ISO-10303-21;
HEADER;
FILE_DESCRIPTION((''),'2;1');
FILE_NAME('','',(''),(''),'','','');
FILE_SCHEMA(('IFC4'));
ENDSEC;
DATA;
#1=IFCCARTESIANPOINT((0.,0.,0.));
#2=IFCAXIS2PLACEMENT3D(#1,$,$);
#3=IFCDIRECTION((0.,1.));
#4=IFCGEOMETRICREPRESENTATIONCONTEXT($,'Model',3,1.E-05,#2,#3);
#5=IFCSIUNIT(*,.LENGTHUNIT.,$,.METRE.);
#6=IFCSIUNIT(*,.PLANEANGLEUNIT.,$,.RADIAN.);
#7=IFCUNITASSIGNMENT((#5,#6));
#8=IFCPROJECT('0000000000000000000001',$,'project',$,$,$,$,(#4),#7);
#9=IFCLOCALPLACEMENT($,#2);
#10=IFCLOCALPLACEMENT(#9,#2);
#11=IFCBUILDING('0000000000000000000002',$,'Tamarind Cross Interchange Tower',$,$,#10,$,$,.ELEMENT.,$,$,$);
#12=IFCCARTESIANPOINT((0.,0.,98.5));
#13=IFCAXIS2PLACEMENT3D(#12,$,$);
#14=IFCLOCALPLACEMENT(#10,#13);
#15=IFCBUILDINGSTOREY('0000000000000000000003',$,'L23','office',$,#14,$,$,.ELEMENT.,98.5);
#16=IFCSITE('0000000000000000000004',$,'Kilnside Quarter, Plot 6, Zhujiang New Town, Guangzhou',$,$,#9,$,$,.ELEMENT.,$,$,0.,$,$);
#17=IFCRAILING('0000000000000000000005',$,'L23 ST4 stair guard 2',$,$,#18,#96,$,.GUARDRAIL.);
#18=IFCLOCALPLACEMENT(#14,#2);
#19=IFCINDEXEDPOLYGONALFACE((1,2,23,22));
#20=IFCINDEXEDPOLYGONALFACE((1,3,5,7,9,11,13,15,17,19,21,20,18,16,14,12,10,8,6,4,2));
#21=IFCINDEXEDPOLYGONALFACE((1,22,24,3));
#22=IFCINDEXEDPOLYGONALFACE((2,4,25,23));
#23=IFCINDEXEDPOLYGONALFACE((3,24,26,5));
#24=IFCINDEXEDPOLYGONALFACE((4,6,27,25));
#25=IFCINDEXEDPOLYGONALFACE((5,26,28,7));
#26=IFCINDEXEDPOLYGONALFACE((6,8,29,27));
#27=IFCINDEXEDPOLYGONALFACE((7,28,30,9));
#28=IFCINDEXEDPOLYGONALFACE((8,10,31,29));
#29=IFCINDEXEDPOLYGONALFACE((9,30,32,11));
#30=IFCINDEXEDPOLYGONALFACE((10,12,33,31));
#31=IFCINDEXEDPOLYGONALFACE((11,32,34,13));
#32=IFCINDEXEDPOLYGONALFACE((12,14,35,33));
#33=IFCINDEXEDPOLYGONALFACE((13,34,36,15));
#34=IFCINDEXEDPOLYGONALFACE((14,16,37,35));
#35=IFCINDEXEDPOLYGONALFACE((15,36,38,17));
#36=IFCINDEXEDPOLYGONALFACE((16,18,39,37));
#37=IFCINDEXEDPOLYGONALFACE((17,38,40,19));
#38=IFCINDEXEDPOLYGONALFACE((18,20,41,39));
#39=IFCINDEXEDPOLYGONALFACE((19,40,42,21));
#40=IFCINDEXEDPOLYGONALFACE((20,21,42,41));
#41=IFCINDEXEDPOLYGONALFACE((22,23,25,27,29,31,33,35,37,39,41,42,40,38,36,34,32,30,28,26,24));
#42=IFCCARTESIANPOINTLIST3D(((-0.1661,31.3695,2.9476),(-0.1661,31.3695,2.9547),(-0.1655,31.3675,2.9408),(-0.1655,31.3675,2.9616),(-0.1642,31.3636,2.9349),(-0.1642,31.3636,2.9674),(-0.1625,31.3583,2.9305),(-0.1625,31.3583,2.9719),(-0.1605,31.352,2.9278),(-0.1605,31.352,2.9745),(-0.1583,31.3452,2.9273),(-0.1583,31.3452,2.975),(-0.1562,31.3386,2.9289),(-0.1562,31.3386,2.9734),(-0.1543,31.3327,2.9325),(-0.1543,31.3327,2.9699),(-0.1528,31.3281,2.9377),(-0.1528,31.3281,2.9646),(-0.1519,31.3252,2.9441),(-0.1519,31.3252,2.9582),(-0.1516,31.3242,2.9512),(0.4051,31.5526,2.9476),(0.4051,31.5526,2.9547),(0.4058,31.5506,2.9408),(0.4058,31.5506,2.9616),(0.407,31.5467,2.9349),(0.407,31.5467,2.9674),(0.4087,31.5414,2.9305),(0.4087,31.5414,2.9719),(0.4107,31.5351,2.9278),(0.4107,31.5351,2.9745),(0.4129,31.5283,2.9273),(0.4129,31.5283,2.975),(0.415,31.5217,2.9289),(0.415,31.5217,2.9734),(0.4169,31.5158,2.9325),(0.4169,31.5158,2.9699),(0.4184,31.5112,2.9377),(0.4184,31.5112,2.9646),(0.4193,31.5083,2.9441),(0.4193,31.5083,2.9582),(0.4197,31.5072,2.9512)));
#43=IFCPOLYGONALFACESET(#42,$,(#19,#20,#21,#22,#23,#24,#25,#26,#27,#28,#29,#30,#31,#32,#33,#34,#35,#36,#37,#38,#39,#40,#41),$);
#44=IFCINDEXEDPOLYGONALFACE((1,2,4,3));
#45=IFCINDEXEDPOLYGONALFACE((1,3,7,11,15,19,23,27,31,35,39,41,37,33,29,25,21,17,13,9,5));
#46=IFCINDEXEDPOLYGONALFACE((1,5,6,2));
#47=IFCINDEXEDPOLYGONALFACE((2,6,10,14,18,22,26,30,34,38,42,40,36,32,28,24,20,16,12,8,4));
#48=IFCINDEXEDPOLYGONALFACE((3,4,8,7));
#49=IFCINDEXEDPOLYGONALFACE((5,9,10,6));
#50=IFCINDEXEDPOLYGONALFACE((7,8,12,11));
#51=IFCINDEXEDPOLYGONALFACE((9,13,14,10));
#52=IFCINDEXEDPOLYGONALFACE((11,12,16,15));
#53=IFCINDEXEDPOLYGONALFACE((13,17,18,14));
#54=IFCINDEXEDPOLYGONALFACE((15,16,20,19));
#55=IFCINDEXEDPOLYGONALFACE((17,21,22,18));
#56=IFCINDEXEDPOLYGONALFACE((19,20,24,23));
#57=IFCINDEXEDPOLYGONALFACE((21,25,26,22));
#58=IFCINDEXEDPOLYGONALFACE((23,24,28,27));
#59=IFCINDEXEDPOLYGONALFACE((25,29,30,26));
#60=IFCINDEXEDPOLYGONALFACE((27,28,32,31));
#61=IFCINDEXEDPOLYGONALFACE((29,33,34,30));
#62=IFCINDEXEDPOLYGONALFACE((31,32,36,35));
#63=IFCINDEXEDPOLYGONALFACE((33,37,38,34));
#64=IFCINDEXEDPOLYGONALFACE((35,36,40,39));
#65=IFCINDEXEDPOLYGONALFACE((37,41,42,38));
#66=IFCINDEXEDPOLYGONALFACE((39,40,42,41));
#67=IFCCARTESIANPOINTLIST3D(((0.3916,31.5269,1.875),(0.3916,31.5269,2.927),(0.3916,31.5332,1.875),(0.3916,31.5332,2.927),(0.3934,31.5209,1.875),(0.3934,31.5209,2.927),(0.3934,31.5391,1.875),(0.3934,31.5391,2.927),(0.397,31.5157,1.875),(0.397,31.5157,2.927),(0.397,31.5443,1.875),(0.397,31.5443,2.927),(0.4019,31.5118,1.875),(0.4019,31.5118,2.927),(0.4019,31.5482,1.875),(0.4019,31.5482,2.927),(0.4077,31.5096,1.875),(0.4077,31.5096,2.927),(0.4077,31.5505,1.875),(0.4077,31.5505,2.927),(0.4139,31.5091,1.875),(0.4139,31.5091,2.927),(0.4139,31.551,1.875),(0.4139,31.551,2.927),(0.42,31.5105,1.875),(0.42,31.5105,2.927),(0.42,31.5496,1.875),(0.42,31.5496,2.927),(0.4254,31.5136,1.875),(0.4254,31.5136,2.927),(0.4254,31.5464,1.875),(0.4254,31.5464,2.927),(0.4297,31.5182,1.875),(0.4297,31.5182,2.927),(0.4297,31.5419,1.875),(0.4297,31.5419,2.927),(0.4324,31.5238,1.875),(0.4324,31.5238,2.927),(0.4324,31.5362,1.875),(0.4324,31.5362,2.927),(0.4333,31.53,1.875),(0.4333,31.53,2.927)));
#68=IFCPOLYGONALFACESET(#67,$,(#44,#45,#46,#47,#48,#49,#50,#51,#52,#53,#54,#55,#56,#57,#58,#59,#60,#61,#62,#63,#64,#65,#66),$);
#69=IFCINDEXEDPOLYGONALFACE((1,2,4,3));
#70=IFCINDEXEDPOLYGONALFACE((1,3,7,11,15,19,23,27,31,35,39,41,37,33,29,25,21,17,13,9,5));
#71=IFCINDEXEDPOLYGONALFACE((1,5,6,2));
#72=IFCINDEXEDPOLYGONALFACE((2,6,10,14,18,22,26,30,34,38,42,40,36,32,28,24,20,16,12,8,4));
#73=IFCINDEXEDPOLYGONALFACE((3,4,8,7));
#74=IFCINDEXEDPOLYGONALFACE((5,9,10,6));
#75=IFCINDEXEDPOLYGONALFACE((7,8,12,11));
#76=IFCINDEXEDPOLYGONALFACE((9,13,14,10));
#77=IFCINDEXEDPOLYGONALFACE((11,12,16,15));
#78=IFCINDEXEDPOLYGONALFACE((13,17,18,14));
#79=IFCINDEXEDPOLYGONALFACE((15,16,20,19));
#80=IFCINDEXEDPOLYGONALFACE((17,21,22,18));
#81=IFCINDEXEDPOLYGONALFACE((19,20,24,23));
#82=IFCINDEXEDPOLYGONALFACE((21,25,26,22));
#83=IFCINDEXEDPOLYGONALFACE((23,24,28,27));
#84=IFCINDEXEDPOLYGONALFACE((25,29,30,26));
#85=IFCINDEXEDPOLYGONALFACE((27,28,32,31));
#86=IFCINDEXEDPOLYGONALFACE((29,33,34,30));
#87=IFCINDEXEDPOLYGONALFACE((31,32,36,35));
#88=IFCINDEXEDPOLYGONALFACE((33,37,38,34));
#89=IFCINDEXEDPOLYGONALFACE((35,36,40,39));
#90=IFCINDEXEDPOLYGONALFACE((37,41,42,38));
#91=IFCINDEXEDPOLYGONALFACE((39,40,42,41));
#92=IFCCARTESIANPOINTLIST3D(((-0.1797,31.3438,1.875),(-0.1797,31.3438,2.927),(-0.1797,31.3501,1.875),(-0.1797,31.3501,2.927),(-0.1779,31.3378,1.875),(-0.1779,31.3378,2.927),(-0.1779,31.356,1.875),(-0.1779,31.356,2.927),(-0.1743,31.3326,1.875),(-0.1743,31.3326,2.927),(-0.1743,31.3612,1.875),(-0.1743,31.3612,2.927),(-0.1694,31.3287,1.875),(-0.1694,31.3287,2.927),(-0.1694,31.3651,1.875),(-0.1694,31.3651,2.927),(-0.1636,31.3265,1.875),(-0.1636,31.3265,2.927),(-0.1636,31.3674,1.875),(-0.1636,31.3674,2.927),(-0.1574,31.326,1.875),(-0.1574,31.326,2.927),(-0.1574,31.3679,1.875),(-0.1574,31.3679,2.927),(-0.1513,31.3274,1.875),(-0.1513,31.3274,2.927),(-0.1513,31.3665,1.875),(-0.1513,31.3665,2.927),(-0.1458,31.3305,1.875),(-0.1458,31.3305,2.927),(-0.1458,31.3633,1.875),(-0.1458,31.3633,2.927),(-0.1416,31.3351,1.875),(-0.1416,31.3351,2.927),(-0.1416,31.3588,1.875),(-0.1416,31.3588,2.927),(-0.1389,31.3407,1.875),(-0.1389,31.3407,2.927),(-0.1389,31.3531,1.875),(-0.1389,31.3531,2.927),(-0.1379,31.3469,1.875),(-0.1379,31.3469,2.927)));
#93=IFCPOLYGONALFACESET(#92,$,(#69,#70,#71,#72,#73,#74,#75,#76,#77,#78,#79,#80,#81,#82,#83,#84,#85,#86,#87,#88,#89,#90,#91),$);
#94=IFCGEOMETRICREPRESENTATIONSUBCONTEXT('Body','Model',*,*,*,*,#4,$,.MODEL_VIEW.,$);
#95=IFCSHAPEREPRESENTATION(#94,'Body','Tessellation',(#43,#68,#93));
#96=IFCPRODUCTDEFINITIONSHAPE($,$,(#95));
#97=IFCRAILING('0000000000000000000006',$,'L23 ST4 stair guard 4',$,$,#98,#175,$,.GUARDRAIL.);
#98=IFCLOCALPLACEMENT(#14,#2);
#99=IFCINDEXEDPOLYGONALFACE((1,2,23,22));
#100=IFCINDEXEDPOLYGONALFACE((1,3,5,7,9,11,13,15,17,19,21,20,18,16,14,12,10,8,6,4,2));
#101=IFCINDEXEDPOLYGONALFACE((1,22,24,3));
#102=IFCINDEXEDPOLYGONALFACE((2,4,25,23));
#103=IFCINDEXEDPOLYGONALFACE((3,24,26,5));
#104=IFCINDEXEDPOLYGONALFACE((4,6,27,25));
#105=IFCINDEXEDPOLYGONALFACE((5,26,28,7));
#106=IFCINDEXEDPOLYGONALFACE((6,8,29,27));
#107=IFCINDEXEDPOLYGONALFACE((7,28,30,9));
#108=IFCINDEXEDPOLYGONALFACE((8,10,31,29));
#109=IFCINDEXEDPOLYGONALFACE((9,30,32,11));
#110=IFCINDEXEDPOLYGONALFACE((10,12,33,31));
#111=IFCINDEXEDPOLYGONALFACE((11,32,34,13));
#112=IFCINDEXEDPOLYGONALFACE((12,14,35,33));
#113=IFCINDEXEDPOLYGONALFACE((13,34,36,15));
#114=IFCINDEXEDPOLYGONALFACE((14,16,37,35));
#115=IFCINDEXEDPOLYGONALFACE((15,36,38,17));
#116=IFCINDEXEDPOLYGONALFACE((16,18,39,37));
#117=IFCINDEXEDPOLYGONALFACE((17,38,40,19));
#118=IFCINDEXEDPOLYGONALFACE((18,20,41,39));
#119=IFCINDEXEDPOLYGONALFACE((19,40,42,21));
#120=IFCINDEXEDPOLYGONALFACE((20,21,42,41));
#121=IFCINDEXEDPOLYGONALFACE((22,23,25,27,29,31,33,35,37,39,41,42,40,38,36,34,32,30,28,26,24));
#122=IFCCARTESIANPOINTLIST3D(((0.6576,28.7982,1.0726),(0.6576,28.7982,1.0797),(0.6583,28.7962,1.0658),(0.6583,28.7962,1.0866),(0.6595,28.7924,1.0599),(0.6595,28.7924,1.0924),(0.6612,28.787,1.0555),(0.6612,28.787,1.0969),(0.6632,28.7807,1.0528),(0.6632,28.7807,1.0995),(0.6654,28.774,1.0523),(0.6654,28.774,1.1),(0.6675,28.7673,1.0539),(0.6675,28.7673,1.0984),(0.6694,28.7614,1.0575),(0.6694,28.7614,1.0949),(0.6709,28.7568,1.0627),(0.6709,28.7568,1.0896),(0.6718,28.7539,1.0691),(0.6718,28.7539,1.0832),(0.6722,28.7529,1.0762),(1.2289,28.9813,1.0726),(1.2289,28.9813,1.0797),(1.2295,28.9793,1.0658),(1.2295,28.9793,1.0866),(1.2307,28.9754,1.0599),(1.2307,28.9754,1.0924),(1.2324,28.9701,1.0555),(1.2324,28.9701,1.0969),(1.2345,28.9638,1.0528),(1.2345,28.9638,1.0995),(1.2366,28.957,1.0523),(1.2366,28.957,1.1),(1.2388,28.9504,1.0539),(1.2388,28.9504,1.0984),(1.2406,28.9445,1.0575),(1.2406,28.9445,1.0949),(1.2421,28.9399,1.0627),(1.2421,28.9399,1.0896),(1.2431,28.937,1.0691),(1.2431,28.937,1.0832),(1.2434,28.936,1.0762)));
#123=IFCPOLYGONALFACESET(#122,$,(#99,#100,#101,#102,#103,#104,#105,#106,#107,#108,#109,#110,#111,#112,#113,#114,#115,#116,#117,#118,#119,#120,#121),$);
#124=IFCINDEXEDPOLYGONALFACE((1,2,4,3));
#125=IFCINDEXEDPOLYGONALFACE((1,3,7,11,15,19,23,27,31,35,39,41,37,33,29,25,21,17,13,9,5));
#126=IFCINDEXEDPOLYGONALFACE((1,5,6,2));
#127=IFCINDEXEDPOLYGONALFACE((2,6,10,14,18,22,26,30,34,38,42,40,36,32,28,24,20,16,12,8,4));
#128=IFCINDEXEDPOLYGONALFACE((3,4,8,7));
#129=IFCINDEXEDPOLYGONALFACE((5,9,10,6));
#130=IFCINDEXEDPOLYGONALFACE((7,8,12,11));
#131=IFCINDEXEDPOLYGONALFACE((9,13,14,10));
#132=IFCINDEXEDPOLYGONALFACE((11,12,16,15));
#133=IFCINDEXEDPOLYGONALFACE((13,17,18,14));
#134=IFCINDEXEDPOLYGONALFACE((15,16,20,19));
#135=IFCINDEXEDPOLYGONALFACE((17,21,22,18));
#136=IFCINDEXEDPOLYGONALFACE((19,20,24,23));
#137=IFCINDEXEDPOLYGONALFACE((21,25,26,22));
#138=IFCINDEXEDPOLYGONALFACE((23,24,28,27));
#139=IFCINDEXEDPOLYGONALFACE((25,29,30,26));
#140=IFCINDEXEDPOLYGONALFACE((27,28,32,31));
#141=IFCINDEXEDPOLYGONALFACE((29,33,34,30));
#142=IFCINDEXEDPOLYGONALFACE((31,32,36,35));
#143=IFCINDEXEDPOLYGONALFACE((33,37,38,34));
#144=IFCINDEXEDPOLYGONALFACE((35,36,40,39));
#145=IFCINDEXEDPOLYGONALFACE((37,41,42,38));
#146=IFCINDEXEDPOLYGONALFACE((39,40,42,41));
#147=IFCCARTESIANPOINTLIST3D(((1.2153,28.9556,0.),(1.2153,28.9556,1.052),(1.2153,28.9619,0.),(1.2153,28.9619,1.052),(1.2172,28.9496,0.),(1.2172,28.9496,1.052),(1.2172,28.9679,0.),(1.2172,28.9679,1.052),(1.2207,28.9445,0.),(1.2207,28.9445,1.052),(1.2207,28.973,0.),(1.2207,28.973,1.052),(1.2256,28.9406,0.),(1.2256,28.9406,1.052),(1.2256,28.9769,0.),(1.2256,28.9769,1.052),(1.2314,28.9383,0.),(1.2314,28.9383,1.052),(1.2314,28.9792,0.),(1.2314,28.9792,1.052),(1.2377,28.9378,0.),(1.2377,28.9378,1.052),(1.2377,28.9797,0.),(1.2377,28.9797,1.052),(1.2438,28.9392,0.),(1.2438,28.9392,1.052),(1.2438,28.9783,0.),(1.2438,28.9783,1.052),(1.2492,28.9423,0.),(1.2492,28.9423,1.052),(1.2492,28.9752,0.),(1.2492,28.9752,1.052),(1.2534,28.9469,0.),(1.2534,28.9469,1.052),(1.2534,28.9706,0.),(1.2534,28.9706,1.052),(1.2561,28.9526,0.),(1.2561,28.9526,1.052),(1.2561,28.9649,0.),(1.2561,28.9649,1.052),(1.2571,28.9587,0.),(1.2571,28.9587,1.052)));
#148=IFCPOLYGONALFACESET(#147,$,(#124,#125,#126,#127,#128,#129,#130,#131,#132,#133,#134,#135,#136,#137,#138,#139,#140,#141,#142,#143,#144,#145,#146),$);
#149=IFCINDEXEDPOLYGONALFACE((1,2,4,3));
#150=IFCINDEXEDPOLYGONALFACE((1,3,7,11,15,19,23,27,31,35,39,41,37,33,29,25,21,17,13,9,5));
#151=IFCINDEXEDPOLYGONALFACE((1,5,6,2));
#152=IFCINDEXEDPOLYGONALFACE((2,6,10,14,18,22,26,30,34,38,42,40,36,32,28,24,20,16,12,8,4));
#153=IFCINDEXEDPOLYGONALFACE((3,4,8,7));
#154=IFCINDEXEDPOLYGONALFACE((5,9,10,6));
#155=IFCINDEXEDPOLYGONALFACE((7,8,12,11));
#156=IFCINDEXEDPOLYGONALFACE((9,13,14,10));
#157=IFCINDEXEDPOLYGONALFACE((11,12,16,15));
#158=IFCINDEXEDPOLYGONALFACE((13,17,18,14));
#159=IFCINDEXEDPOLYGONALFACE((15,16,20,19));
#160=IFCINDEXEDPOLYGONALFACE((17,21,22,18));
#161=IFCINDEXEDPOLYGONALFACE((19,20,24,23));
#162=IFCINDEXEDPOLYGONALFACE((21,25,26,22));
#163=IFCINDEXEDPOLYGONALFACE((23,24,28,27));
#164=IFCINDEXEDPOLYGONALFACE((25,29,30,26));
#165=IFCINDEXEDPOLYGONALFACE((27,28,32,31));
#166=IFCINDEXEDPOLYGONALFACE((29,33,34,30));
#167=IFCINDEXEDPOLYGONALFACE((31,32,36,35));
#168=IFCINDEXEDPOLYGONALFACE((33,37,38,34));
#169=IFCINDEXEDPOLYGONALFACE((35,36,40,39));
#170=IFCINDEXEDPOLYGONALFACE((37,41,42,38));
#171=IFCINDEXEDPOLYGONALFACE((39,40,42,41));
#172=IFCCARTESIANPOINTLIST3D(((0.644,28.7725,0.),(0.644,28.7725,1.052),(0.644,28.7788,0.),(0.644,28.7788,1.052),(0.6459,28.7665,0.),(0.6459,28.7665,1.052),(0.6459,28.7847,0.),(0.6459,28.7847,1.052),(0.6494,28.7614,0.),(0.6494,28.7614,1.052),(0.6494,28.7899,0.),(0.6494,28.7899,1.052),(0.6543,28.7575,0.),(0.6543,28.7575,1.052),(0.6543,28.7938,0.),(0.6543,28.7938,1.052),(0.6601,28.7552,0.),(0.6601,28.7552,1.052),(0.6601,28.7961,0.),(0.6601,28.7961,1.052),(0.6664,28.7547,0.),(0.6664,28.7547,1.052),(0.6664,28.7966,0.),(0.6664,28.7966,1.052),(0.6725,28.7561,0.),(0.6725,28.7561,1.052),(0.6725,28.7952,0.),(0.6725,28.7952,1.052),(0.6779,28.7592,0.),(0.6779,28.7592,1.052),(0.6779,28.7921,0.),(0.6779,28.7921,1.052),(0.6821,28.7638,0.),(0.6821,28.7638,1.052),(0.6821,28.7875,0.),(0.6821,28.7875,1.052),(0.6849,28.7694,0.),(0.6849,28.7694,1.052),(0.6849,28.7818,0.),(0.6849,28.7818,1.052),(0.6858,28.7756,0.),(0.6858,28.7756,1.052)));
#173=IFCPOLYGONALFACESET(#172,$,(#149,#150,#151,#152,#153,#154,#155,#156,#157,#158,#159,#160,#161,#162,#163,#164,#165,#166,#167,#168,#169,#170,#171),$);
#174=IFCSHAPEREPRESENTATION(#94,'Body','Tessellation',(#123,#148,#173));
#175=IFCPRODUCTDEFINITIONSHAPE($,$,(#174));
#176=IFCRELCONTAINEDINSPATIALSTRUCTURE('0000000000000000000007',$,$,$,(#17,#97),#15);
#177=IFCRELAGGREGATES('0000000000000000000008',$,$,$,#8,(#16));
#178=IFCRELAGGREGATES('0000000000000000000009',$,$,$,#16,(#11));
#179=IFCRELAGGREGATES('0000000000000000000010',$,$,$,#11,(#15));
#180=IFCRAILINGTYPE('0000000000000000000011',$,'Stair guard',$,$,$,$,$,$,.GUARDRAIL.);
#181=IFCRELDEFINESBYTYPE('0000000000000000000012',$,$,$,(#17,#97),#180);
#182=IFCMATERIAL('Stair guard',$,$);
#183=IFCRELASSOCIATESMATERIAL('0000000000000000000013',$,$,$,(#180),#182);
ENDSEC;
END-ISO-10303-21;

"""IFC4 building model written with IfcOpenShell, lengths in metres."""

from ifc_helpers import new_model, si_unit, direction, frame, origin, origin_2d, place, context, subcontext, project, spatial, circle, extrude, material, type_object, element, save


model = new_model("IFC4")

# Units and contexts
model_context = context("Model", 3, precision=1e-05, world=origin(), true_north=direction((0.0, 1.0)))
body_context = subcontext(model_context, "Body", "Model", "MODEL_VIEW")
ifc_project = project(units=[si_unit("LENGTHUNIT", "METRE"), si_unit("PLANEANGLEUNIT", "RADIAN")], contexts=[model_context])

# Site, building, storey
site_placement = place(None, origin())
site = spatial("IfcSite", under=ifc_project, at=site_placement, Name="Kilnside Quarter, Plot 6, Zhujiang New Town, Guangzhou", CompositionType="ELEMENT", RefElevation=0.0)
building_placement = place(site_placement, origin())
building = spatial("IfcBuilding", under=site, at=building_placement, Name="Tamarind Cross Interchange Tower", CompositionType="ELEMENT")
storey_placement = place(building_placement, frame((0.0, 0.0, 98.5)))
storey = spatial("IfcBuildingStorey", under=building, at=storey_placement, Name="L23", Description="office", CompositionType="ELEMENT", Elevation=98.5)

# Railings
ifc_material_1 = material(Name="Stair guard")
railing_type_1 = type_object("IfcRailingType", Name="Stair guard", PredefinedType="GUARDRAIL", material=ifc_material_1)
for number, where, name in (
    (1, (0.4124, 31.53, 1.875), "L23 ST4 stair guard 2"),
    (2, (1.2361, 28.9587, 0.0), "L23 ST4 stair guard 4"),
):
    element("IfcRailing", number, at=place(storey_placement, frame(where)), inside=storey, type_object=railing_type_1, Name=name, PredefinedType="GUARDRAIL", context=body_context, shape_type="SweptSolid", body=[
        extrude(circle(Radius=0.0239, at=origin_2d()), frame((0.0, 0.0, 1.0762), z_axis=(-0.952282, -0.305219, 0.0), x_axis=(0.305219, -0.952282, 0.0)), (0.0, 0.0, 1.0), 0.5999),
        extrude(circle(Radius=0.021, at=origin_2d()), origin(), (0.0, 0.0, 1.0), 1.052),
        extrude(circle(Radius=0.021, at=origin_2d()), frame((-0.5713, -0.1831, 0.0)), (0.0, 0.0, 1.0), 1.052),
    ])

save(model, "model.ifc")
